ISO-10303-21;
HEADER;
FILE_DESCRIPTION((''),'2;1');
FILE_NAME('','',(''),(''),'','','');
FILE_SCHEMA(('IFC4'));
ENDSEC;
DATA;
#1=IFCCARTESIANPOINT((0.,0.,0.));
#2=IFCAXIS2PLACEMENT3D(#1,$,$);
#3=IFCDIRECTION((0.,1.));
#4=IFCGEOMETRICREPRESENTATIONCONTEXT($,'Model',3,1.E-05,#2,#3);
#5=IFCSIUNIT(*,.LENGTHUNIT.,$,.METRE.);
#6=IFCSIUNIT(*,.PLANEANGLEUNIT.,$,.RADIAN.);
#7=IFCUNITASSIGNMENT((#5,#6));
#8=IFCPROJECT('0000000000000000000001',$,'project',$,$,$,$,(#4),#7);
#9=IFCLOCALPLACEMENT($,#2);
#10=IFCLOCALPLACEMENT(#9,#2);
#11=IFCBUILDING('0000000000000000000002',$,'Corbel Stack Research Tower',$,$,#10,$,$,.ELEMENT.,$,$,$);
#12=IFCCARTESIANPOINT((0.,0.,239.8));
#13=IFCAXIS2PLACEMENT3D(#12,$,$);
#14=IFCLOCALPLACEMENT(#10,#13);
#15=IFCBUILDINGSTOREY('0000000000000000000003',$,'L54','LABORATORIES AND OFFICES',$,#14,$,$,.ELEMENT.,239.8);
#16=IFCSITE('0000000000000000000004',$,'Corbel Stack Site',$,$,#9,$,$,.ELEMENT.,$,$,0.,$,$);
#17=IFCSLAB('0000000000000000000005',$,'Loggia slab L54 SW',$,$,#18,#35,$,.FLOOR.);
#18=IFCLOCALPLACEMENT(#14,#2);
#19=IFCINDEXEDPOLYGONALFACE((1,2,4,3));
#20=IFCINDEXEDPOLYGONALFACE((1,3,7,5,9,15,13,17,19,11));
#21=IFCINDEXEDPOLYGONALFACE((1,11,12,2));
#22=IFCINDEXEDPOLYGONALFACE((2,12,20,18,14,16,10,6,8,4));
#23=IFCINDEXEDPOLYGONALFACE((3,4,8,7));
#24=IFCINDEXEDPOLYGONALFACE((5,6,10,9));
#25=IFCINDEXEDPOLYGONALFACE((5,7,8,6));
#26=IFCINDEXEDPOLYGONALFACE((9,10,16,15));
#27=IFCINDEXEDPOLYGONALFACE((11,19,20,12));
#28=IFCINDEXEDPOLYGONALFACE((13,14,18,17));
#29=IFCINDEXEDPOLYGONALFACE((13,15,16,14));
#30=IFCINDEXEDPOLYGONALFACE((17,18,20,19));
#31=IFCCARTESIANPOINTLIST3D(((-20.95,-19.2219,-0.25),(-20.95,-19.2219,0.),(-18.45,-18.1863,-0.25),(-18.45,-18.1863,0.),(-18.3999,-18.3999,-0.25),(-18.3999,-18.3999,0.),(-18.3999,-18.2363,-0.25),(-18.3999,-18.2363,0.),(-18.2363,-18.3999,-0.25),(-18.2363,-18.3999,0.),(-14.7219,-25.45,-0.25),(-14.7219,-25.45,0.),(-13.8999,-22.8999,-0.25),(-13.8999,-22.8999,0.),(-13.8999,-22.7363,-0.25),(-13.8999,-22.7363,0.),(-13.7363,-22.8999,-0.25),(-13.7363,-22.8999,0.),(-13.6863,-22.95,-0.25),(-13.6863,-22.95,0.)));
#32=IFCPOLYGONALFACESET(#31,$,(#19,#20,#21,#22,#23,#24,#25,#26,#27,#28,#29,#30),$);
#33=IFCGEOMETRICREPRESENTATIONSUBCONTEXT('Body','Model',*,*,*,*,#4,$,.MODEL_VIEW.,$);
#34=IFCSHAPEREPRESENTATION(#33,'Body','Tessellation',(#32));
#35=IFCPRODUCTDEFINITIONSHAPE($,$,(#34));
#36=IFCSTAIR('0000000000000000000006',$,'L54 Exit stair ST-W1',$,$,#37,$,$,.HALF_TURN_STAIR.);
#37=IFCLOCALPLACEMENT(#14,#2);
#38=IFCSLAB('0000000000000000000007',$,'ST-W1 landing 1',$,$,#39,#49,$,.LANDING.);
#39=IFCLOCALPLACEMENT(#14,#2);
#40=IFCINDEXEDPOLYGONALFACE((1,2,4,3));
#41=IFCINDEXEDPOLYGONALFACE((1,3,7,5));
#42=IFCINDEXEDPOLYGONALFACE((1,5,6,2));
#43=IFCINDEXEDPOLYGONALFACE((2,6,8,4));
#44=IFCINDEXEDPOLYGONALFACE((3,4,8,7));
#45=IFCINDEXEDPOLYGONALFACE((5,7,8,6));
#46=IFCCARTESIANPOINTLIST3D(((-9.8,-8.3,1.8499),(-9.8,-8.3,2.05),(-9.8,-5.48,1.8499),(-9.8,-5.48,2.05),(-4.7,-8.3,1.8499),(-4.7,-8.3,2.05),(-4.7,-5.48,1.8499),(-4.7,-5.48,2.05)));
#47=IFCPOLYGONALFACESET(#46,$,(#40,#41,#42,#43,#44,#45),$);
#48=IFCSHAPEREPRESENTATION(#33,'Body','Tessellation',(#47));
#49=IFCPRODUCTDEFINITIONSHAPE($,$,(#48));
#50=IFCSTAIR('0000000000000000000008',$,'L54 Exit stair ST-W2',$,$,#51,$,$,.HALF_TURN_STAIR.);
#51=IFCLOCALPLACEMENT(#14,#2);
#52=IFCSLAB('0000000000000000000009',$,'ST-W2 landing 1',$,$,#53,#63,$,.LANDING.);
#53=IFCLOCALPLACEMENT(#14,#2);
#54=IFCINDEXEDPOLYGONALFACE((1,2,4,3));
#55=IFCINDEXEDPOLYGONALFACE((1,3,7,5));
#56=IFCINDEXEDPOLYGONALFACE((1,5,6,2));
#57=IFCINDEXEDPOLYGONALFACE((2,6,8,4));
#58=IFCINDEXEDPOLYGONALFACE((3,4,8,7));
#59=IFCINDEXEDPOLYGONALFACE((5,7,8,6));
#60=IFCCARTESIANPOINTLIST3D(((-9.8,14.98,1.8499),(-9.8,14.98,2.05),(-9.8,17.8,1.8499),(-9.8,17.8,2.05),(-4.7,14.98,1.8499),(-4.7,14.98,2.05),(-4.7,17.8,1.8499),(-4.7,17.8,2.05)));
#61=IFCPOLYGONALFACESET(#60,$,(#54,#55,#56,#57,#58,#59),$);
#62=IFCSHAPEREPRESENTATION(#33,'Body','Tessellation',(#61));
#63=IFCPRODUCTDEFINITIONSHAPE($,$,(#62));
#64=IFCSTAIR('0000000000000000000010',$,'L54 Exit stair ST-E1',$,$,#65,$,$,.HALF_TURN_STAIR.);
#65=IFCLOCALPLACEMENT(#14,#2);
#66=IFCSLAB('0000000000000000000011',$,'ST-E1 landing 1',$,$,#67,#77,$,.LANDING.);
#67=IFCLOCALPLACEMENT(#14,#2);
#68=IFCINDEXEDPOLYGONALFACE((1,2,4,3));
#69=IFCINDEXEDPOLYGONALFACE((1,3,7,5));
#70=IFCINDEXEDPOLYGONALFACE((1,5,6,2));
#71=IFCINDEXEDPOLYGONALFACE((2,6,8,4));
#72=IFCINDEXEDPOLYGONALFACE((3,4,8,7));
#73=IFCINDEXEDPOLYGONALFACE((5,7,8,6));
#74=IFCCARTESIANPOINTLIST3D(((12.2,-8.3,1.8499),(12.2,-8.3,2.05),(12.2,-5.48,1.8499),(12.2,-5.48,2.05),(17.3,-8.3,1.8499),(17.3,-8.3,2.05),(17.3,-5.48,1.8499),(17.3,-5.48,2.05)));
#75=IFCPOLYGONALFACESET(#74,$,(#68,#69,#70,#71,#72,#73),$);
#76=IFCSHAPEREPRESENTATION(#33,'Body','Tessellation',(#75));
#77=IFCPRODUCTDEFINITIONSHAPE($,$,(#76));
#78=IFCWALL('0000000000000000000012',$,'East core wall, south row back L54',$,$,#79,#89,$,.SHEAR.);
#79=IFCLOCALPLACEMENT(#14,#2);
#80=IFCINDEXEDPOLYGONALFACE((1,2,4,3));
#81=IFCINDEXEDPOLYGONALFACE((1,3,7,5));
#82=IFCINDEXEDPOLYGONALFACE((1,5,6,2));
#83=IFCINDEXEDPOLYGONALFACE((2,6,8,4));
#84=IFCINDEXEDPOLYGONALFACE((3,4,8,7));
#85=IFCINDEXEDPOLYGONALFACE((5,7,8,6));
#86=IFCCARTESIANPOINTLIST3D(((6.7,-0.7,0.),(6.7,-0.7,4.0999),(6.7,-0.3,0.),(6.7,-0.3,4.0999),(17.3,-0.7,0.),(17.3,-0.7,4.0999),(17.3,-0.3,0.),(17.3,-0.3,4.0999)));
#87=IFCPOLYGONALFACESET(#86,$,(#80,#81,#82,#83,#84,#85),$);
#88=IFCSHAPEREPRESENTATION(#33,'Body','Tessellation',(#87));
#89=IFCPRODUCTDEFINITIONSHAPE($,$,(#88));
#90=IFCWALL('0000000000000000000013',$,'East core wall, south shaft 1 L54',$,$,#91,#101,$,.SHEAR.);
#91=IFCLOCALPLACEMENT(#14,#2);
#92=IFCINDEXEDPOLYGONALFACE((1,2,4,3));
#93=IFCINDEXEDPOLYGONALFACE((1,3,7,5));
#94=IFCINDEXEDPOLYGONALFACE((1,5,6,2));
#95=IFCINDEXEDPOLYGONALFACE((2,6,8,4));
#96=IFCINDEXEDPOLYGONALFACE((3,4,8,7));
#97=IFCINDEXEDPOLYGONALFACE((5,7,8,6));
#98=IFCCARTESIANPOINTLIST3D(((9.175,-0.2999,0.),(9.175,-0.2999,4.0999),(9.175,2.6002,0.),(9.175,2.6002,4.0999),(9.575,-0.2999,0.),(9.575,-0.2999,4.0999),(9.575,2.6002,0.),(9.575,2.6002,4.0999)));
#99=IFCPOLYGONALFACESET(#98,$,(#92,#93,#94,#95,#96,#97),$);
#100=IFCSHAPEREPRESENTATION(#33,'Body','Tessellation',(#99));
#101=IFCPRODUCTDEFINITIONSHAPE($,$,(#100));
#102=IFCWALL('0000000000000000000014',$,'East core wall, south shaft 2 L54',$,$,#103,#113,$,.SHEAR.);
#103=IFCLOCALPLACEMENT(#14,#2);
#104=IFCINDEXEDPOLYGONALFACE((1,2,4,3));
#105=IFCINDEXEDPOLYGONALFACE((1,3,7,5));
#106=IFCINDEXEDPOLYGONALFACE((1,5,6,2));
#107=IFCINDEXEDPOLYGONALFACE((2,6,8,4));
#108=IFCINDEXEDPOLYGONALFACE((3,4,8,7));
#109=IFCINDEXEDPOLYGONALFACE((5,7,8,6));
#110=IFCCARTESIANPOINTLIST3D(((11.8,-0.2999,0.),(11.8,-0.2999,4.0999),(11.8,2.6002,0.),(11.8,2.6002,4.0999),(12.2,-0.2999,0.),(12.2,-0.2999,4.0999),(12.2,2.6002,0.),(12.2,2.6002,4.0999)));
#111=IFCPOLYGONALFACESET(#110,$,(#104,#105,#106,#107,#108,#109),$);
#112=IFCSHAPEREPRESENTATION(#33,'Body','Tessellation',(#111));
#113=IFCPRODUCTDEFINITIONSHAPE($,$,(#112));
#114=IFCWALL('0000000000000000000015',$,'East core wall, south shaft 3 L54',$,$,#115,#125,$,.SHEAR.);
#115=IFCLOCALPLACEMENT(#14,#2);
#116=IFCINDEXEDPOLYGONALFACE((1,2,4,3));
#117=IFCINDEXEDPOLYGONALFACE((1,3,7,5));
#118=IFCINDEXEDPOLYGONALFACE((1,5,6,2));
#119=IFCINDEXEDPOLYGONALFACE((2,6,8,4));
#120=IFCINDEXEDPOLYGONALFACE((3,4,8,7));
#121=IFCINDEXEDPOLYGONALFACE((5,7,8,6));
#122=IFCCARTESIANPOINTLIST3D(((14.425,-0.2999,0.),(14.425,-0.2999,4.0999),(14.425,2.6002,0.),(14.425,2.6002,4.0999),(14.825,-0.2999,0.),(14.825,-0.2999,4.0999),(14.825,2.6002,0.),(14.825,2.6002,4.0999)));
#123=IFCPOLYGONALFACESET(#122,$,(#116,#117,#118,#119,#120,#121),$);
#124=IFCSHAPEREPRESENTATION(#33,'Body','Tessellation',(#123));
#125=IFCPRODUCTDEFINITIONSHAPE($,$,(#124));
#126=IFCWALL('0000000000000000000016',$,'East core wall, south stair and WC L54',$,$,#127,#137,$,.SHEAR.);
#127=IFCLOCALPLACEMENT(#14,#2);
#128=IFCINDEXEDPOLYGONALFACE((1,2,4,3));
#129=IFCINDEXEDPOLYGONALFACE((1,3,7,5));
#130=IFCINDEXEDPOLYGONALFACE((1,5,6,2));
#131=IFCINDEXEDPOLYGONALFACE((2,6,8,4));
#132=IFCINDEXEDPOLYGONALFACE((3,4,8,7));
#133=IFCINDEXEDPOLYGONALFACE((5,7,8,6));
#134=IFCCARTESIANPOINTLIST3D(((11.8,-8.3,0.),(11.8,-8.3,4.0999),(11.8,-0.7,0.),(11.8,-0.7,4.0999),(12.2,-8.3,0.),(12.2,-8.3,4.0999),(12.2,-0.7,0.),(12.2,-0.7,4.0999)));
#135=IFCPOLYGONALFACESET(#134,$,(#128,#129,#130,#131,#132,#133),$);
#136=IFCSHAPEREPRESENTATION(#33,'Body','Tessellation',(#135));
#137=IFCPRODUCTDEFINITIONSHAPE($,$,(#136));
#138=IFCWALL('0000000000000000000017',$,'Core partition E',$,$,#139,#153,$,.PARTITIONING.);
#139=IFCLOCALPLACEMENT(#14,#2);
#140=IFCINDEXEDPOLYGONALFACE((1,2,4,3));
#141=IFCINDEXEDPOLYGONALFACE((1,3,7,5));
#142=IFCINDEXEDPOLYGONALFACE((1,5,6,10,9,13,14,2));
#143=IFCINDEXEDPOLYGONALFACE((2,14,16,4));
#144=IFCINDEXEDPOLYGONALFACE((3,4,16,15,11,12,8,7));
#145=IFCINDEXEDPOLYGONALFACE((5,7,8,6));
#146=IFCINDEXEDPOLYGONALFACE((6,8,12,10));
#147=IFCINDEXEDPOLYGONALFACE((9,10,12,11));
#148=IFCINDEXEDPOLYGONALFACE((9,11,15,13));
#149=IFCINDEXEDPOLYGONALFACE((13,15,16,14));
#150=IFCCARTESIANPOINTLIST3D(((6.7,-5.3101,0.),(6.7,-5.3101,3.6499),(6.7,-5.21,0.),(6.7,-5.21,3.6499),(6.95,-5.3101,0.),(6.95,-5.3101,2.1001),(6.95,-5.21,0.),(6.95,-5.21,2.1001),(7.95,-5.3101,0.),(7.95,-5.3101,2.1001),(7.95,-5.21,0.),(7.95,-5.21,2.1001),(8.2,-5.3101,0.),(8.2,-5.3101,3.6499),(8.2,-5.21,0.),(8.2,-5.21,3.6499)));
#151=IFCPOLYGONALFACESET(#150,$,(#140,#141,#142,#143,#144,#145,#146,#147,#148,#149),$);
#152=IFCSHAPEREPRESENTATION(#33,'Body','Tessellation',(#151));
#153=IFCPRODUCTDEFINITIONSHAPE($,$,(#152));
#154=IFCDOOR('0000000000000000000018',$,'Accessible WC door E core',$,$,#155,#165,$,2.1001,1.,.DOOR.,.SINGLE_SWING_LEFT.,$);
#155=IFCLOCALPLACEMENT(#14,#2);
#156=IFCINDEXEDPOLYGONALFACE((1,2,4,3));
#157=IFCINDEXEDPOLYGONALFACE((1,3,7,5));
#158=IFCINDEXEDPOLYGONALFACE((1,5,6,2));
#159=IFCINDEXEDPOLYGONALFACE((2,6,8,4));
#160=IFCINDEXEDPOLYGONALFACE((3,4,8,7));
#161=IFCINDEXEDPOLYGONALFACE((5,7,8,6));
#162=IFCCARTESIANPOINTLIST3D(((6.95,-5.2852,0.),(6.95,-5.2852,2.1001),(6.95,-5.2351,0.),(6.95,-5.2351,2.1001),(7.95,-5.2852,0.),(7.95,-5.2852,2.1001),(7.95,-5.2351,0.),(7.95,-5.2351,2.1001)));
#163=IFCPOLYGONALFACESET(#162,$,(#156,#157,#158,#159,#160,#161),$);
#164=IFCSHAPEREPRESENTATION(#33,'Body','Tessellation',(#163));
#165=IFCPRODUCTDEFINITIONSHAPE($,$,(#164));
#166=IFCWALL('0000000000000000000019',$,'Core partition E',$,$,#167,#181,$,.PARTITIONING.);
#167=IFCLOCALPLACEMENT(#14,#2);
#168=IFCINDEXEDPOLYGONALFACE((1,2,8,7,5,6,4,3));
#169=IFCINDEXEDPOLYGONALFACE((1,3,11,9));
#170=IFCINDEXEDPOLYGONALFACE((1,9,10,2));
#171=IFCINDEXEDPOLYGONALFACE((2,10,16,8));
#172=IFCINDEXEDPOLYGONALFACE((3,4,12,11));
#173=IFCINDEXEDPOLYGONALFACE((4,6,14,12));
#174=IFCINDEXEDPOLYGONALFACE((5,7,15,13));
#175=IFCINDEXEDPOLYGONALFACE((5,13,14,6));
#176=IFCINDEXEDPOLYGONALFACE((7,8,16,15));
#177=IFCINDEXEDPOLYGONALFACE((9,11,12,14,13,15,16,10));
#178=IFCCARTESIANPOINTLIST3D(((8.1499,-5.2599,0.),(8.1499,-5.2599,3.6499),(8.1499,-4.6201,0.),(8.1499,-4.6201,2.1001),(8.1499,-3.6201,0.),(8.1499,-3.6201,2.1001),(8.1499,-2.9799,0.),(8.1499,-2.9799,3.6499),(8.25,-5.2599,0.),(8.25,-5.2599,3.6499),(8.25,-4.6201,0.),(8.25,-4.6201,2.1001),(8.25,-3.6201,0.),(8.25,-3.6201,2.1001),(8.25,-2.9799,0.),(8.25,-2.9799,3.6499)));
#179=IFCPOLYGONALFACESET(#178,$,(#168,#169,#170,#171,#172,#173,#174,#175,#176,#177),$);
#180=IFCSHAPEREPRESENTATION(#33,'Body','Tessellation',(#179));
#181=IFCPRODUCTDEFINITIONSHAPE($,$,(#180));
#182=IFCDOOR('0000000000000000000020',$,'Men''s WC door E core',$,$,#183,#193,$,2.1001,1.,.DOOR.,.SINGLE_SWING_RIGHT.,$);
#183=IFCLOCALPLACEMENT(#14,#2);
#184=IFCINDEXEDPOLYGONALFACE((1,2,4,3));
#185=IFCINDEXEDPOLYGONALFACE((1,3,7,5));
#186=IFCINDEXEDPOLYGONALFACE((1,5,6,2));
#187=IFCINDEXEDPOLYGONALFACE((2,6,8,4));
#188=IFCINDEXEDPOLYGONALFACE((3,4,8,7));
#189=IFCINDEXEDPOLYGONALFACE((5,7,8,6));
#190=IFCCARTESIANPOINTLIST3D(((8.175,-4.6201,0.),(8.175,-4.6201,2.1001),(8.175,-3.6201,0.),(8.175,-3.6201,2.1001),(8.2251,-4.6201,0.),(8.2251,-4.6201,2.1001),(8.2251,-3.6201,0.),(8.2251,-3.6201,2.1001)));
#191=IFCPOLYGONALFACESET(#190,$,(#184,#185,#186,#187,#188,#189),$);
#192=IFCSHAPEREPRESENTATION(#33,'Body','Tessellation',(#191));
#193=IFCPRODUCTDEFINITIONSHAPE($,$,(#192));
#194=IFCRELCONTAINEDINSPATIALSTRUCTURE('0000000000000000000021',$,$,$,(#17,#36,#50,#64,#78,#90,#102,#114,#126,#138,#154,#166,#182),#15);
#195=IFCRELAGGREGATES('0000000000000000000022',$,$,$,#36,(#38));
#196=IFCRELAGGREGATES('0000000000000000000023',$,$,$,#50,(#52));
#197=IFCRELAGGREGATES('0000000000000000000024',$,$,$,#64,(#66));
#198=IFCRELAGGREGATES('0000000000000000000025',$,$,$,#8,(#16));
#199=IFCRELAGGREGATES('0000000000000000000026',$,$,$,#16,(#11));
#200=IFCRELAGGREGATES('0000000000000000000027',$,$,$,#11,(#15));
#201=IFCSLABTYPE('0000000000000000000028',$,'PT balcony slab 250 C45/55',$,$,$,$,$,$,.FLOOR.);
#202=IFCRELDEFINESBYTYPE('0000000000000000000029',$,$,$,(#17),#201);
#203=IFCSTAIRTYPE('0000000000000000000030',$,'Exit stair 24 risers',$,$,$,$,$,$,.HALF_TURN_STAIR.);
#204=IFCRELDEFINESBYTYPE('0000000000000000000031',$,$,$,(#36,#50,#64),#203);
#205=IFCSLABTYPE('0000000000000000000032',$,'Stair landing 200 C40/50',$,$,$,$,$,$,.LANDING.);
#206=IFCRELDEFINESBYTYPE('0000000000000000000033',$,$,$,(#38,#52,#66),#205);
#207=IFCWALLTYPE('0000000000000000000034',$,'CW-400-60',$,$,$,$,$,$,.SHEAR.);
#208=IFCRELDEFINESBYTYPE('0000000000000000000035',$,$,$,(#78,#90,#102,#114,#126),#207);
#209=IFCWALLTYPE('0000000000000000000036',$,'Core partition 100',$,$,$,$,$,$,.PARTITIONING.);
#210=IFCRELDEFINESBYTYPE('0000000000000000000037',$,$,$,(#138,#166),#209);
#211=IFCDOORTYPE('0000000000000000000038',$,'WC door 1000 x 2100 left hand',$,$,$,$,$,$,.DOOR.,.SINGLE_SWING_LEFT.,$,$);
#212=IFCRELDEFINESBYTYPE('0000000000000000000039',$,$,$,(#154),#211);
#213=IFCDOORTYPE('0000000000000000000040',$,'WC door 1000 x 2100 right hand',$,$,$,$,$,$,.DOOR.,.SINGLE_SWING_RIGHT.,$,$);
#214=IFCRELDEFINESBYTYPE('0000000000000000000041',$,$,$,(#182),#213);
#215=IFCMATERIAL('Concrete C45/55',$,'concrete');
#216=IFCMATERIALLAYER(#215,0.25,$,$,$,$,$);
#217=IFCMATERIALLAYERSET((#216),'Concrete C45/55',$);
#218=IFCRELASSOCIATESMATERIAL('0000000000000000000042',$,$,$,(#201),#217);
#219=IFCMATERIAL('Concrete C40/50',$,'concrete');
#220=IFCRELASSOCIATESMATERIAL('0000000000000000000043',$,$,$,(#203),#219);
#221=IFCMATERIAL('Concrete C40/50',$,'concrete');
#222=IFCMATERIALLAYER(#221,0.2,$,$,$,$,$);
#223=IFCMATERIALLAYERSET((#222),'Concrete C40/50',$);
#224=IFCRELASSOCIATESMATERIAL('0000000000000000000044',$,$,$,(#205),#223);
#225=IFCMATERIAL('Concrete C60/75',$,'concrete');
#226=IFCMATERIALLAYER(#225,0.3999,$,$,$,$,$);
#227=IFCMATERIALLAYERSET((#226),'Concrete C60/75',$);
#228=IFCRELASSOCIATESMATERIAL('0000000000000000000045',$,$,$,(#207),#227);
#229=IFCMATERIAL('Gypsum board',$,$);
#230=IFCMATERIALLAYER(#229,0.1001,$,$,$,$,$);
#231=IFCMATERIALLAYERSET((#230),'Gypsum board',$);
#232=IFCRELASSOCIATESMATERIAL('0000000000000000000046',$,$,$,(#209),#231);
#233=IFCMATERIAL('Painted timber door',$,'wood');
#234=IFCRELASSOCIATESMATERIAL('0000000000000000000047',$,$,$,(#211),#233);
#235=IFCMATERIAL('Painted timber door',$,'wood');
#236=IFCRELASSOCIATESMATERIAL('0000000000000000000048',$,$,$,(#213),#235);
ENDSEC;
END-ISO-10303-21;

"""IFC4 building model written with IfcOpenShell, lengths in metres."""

from ifc_helpers import new_model, si_unit, direction, frame, frame_2d, origin, place, context, subcontext, project, spatial, polyline, rectangle, outline, extrude, material, layer, layer_set, type_object, element, fill, aggregate, save


model = new_model("IFC4")

# Units and contexts
model_context = context("Model", 3, precision=1e-05, world=origin(), true_north=direction((0.0, 1.0)))
body_context = subcontext(model_context, "Body", "Model", "MODEL_VIEW")
ifc_project = project(units=[si_unit("LENGTHUNIT", "METRE"), si_unit("PLANEANGLEUNIT", "RADIAN")], contexts=[model_context])

# Site, building, storey
site_placement = place(None, origin())
site = spatial("IfcSite", under=ifc_project, at=site_placement, Name="Corbel Stack Site", CompositionType="ELEMENT", RefElevation=0.0)
building_placement = place(site_placement, origin())
building = spatial("IfcBuilding", under=site, at=building_placement, Name="Corbel Stack Research Tower", CompositionType="ELEMENT")
storey_placement = place(building_placement, frame((0.0, 0.0, 239.8)))
storey = spatial("IfcBuildingStorey", under=building, at=storey_placement, Name="L54", Description="LABORATORIES AND OFFICES", CompositionType="ELEMENT", Elevation=239.8)

# Slab
ifc_material_1 = material(Name="Concrete C45/55", Category="concrete")
ifc_layer_1 = layer(ifc_material_1, 0.25)
ifc_layer_set_1 = layer_set([ifc_layer_1], Name="Concrete C45/55")
slab_type_1 = type_object("IfcSlabType", Name="PT balcony slab 250 C45/55", PredefinedType="FLOOR", material=ifc_layer_set_1)
slab_1_placement = place(storey_placement, frame((0.0, 0.0, -0.25)))
element("IfcSlab", 1, at=slab_1_placement, inside=storey, type_object=slab_type_1, Name="Loggia slab L54 SW", PredefinedType="FLOOR", context=body_context, shape_type="SweptSolid", body=[
    extrude(outline(polyline([(-13.6863, -22.95), (-13.7363, -22.8999), (-13.8999, -22.8999), (-13.8999, -22.7363), (-18.2363, -18.3999), (-18.3999, -18.3999), (-18.3999, -18.2363), (-18.45, -18.1863), (-20.95, -19.2219), (-14.7219, -25.45), (-13.6863, -22.95)])), origin(), (0.0, 0.0, 1.0), 0.25),
])

# Stairs, slabs
ifc_material_2 = material(Name="Concrete C40/50", Category="concrete")
stair_type = type_object("IfcStairType", Name="Exit stair 24 risers", PredefinedType="HALF_TURN_STAIR", material=ifc_material_2)
stair_1_placement = place(storey_placement, origin())
stair_1 = element("IfcStair", 2, at=stair_1_placement, inside=storey, type_object=stair_type, Name="L54 Exit stair ST-W1", PredefinedType="HALF_TURN_STAIR")
ifc_material_3 = material(Name="Concrete C40/50", Category="concrete")
ifc_layer_2 = layer(ifc_material_3, 0.2)
ifc_layer_set_2 = layer_set([ifc_layer_2], Name="Concrete C40/50")
slab_type_2 = type_object("IfcSlabType", Name="Stair landing 200 C40/50", PredefinedType="LANDING", material=ifc_layer_set_2)
slab_2_placement = place(storey_placement, frame((0.0, 0.0, 1.8499)))
slab_2 = element("IfcSlab", 3, at=slab_2_placement, type_object=slab_type_2, Name="ST-W1 landing 1", PredefinedType="LANDING", context=body_context, shape_type="SweptSolid", body=[
    extrude(outline(polyline([(-9.8, -8.3), (-9.8, -5.48), (-4.7, -5.48), (-4.7, -8.3), (-9.8, -8.3)])), origin(), (0.0, 0.0, 1.0), 0.2002),
])
aggregate(stair_1, [slab_2])
stair_2_placement = place(storey_placement, origin())
stair_2 = element("IfcStair", 4, at=stair_2_placement, inside=storey, type_object=stair_type, Name="L54 Exit stair ST-W2", PredefinedType="HALF_TURN_STAIR")
slab_3_placement = place(storey_placement, frame((0.0, 0.0, 1.8499)))
slab_3 = element("IfcSlab", 5, at=slab_3_placement, type_object=slab_type_2, Name="ST-W2 landing 1", PredefinedType="LANDING", context=body_context, shape_type="SweptSolid", body=[
    extrude(outline(polyline([(-9.8, 14.98), (-9.8, 17.8), (-4.7, 17.8), (-4.7, 14.98), (-9.8, 14.98)])), origin(), (0.0, 0.0, 1.0), 0.2002),
])
aggregate(stair_2, [slab_3])
stair_3_placement = place(storey_placement, origin())
stair_3 = element("IfcStair", 6, at=stair_3_placement, inside=storey, type_object=stair_type, Name="L54 Exit stair ST-E1", PredefinedType="HALF_TURN_STAIR")
slab_4_placement = place(storey_placement, frame((0.0, 0.0, 1.8499)))
slab_4 = element("IfcSlab", 7, at=slab_4_placement, type_object=slab_type_2, Name="ST-E1 landing 1", PredefinedType="LANDING", context=body_context, shape_type="SweptSolid", body=[
    extrude(outline(polyline([(12.2, -8.3), (12.2, -5.48), (17.3, -5.48), (17.3, -8.3), (12.2, -8.3)])), origin(), (0.0, 0.0, 1.0), 0.2002),
])

# Walls
ifc_material_4 = material(Name="Concrete C60/75", Category="concrete")
ifc_layer_3 = layer(ifc_material_4, 0.3999)
ifc_layer_set_3 = layer_set([ifc_layer_3], Name="Concrete C60/75")
wall_type_1 = type_object("IfcWallType", Name="CW-400-60", PredefinedType="SHEAR", material=ifc_layer_set_3)
wall_1_placement = place(storey_placement, frame((6.7, -0.5, 0.0), z_axis=(0.0, 0.0, 1.0), x_axis=(1.0, 0.0, 0.0)))
element("IfcWall", 8, at=wall_1_placement, inside=storey, type_object=wall_type_1, Name="East core wall, south row back L54", PredefinedType="SHEAR", context=body_context, shape_type="SweptSolid", body=[
    extrude(rectangle(XDim=10.6001, YDim=0.3999, at=frame_2d((5.3, 0.0))), origin(), (0.0, 0.0, 1.0), 4.0999),
])
for number, where, z_axis, x_axis, name in (
    (9, (9.375, -0.3, 0.0), (0.0, 0.0, 1.0), (0.0, 1.0, 0.0), "East core wall, south shaft 1 L54"),
    (10, (12.0, -0.3, 0.0), (0.0, 0.0, 1.0), (0.0, 1.0, 0.0), "East core wall, south shaft 2 L54"),
    (11, (14.625, -0.3, 0.0), (0.0, 0.0, 1.0), (0.0, 1.0, 0.0), "East core wall, south shaft 3 L54"),
):
    element("IfcWall", number, at=place(storey_placement, frame(where, z_axis=z_axis, x_axis=x_axis)), inside=storey, type_object=wall_type_1, Name=name, PredefinedType="SHEAR", context=body_context, shape_type="SweptSolid", body=[
        extrude(rectangle(XDim=2.9001, YDim=0.3999, at=frame_2d((1.4502, 0.0))), origin(), (0.0, 0.0, 1.0), 4.0999),
    ])
wall_2_placement = place(storey_placement, frame((12.0, -8.3, 0.0), z_axis=(0.0, 0.0, 1.0), x_axis=(0.0, 1.0, 0.0)))
element("IfcWall", 12, at=wall_2_placement, inside=storey, type_object=wall_type_1, Name="East core wall, south stair and WC L54", PredefinedType="SHEAR", context=body_context, shape_type="SweptSolid", body=[
    extrude(rectangle(XDim=7.6001, YDim=0.3999, at=frame_2d((3.8, 0.0))), origin(), (0.0, 0.0, 1.0), 4.0999),
])

# Walls, openings, doors
ifc_material_5 = material(Name="Gypsum board")
ifc_layer_4 = layer(ifc_material_5, 0.1001)
ifc_layer_set_4 = layer_set([ifc_layer_4], Name="Gypsum board")
wall_type_2 = type_object("IfcWallType", Name="Core partition 100", PredefinedType="PARTITIONING", material=ifc_layer_set_4)
wall_3_placement = place(storey_placement, frame((6.7, -5.26, 0.0), z_axis=(0.0, 0.0, 1.0), x_axis=(1.0, 0.0, 0.0)))
wall_3 = element("IfcWall", 13, at=wall_3_placement, inside=storey, type_object=wall_type_2, Name="Core partition E", PredefinedType="PARTITIONING", context=body_context, shape_type="SweptSolid", body=[
    extrude(rectangle(XDim=1.5, YDim=0.1001, at=frame_2d((0.75, 0.0))), origin(), (0.0, 0.0, 1.0), 3.6499),
])
opening_1_placement = place(wall_3_placement, frame((0.25, 0.0, 0.0)))
opening_1 = element("IfcOpeningElement", 14, at=opening_1_placement, cuts=wall_3, PredefinedType="OPENING", context=body_context, shape_type="SweptSolid", body=[
    extrude(rectangle(XDim=1.0, YDim=2.1001, at=frame_2d((0.5, 1.05))), frame((0.0, 0.0601, 0.0), z_axis=(0.0, -1.0, 0.0), x_axis=(1.0, 0.0, 0.0)), (0.0, 0.0, 1.0), 0.1201),
])
ifc_material_6 = material(Name="Painted timber door", Category="wood")
door_type_1 = type_object("IfcDoorType", Name="WC door 1000 x 2100 left hand", OperationType="SINGLE_SWING_LEFT", PredefinedType="DOOR", material=ifc_material_6)
door_1_placement = place(opening_1_placement, origin())
door_1 = element("IfcDoor", 15, at=door_1_placement, inside=storey, type_object=door_type_1, Name="Accessible WC door E core", OperationType="SINGLE_SWING_LEFT", OverallHeight=2.1001, OverallWidth=1.0, PredefinedType="DOOR", context=body_context, shape_type="SweptSolid", body=[
    extrude(rectangle(XDim=1.0, YDim=2.1001, at=frame_2d((0.5, 1.05))), frame((0.0, 0.0249, 0.0), z_axis=(0.0, -1.0, 0.0), x_axis=(1.0, 0.0, 0.0)), (0.0, 0.0, 1.0), 0.05),
])
fill(opening_1, door_1)
wall_4_placement = place(storey_placement, frame((8.2, -5.26, 0.0), z_axis=(0.0, 0.0, 1.0), x_axis=(0.0, 1.0, 0.0)))
wall_4 = element("IfcWall", 16, at=wall_4_placement, inside=storey, type_object=wall_type_2, Name="Core partition E", PredefinedType="PARTITIONING", context=body_context, shape_type="SweptSolid", body=[
    extrude(rectangle(XDim=2.28, YDim=0.1001, at=frame_2d((1.1401, 0.0))), origin(), (0.0, 0.0, 1.0), 3.6499),
])
opening_2_placement = place(wall_4_placement, frame((0.6399, 0.0, 0.0)))
opening_2 = element("IfcOpeningElement", 17, at=opening_2_placement, cuts=wall_4, PredefinedType="OPENING", context=body_context, shape_type="SweptSolid", body=[
    extrude(rectangle(XDim=1.0, YDim=2.1001, at=frame_2d((0.5, 1.05))), frame((0.0, 0.0601, 0.0), z_axis=(0.0, -1.0, 0.0), x_axis=(1.0, 0.0, 0.0)), (0.0, 0.0, 1.0), 0.1201),
])
ifc_material_7 = material(Name="Painted timber door", Category="wood")
door_type_2 = type_object("IfcDoorType", Name="WC door 1000 x 2100 right hand", OperationType="SINGLE_SWING_RIGHT", PredefinedType="DOOR", material=ifc_material_7)
door_2_placement = place(opening_2_placement, origin())
door_2 = element("IfcDoor", 18, at=door_2_placement, inside=storey, type_object=door_type_2, Name="Men's WC door E core", OperationType="SINGLE_SWING_RIGHT", OverallHeight=2.1001, OverallWidth=1.0, PredefinedType="DOOR", context=body_context, shape_type="SweptSolid", body=[
    extrude(rectangle(XDim=1.0, YDim=2.1001, at=frame_2d((0.5, 1.05))), frame((0.0, 0.0249, 0.0), z_axis=(0.0, -1.0, 0.0), x_axis=(1.0, 0.0, 0.0)), (0.0, 0.0, 1.0), 0.05),
])
fill(opening_2, door_2)

aggregate(stair_3, [slab_4])

save(model, "model.ifc")
